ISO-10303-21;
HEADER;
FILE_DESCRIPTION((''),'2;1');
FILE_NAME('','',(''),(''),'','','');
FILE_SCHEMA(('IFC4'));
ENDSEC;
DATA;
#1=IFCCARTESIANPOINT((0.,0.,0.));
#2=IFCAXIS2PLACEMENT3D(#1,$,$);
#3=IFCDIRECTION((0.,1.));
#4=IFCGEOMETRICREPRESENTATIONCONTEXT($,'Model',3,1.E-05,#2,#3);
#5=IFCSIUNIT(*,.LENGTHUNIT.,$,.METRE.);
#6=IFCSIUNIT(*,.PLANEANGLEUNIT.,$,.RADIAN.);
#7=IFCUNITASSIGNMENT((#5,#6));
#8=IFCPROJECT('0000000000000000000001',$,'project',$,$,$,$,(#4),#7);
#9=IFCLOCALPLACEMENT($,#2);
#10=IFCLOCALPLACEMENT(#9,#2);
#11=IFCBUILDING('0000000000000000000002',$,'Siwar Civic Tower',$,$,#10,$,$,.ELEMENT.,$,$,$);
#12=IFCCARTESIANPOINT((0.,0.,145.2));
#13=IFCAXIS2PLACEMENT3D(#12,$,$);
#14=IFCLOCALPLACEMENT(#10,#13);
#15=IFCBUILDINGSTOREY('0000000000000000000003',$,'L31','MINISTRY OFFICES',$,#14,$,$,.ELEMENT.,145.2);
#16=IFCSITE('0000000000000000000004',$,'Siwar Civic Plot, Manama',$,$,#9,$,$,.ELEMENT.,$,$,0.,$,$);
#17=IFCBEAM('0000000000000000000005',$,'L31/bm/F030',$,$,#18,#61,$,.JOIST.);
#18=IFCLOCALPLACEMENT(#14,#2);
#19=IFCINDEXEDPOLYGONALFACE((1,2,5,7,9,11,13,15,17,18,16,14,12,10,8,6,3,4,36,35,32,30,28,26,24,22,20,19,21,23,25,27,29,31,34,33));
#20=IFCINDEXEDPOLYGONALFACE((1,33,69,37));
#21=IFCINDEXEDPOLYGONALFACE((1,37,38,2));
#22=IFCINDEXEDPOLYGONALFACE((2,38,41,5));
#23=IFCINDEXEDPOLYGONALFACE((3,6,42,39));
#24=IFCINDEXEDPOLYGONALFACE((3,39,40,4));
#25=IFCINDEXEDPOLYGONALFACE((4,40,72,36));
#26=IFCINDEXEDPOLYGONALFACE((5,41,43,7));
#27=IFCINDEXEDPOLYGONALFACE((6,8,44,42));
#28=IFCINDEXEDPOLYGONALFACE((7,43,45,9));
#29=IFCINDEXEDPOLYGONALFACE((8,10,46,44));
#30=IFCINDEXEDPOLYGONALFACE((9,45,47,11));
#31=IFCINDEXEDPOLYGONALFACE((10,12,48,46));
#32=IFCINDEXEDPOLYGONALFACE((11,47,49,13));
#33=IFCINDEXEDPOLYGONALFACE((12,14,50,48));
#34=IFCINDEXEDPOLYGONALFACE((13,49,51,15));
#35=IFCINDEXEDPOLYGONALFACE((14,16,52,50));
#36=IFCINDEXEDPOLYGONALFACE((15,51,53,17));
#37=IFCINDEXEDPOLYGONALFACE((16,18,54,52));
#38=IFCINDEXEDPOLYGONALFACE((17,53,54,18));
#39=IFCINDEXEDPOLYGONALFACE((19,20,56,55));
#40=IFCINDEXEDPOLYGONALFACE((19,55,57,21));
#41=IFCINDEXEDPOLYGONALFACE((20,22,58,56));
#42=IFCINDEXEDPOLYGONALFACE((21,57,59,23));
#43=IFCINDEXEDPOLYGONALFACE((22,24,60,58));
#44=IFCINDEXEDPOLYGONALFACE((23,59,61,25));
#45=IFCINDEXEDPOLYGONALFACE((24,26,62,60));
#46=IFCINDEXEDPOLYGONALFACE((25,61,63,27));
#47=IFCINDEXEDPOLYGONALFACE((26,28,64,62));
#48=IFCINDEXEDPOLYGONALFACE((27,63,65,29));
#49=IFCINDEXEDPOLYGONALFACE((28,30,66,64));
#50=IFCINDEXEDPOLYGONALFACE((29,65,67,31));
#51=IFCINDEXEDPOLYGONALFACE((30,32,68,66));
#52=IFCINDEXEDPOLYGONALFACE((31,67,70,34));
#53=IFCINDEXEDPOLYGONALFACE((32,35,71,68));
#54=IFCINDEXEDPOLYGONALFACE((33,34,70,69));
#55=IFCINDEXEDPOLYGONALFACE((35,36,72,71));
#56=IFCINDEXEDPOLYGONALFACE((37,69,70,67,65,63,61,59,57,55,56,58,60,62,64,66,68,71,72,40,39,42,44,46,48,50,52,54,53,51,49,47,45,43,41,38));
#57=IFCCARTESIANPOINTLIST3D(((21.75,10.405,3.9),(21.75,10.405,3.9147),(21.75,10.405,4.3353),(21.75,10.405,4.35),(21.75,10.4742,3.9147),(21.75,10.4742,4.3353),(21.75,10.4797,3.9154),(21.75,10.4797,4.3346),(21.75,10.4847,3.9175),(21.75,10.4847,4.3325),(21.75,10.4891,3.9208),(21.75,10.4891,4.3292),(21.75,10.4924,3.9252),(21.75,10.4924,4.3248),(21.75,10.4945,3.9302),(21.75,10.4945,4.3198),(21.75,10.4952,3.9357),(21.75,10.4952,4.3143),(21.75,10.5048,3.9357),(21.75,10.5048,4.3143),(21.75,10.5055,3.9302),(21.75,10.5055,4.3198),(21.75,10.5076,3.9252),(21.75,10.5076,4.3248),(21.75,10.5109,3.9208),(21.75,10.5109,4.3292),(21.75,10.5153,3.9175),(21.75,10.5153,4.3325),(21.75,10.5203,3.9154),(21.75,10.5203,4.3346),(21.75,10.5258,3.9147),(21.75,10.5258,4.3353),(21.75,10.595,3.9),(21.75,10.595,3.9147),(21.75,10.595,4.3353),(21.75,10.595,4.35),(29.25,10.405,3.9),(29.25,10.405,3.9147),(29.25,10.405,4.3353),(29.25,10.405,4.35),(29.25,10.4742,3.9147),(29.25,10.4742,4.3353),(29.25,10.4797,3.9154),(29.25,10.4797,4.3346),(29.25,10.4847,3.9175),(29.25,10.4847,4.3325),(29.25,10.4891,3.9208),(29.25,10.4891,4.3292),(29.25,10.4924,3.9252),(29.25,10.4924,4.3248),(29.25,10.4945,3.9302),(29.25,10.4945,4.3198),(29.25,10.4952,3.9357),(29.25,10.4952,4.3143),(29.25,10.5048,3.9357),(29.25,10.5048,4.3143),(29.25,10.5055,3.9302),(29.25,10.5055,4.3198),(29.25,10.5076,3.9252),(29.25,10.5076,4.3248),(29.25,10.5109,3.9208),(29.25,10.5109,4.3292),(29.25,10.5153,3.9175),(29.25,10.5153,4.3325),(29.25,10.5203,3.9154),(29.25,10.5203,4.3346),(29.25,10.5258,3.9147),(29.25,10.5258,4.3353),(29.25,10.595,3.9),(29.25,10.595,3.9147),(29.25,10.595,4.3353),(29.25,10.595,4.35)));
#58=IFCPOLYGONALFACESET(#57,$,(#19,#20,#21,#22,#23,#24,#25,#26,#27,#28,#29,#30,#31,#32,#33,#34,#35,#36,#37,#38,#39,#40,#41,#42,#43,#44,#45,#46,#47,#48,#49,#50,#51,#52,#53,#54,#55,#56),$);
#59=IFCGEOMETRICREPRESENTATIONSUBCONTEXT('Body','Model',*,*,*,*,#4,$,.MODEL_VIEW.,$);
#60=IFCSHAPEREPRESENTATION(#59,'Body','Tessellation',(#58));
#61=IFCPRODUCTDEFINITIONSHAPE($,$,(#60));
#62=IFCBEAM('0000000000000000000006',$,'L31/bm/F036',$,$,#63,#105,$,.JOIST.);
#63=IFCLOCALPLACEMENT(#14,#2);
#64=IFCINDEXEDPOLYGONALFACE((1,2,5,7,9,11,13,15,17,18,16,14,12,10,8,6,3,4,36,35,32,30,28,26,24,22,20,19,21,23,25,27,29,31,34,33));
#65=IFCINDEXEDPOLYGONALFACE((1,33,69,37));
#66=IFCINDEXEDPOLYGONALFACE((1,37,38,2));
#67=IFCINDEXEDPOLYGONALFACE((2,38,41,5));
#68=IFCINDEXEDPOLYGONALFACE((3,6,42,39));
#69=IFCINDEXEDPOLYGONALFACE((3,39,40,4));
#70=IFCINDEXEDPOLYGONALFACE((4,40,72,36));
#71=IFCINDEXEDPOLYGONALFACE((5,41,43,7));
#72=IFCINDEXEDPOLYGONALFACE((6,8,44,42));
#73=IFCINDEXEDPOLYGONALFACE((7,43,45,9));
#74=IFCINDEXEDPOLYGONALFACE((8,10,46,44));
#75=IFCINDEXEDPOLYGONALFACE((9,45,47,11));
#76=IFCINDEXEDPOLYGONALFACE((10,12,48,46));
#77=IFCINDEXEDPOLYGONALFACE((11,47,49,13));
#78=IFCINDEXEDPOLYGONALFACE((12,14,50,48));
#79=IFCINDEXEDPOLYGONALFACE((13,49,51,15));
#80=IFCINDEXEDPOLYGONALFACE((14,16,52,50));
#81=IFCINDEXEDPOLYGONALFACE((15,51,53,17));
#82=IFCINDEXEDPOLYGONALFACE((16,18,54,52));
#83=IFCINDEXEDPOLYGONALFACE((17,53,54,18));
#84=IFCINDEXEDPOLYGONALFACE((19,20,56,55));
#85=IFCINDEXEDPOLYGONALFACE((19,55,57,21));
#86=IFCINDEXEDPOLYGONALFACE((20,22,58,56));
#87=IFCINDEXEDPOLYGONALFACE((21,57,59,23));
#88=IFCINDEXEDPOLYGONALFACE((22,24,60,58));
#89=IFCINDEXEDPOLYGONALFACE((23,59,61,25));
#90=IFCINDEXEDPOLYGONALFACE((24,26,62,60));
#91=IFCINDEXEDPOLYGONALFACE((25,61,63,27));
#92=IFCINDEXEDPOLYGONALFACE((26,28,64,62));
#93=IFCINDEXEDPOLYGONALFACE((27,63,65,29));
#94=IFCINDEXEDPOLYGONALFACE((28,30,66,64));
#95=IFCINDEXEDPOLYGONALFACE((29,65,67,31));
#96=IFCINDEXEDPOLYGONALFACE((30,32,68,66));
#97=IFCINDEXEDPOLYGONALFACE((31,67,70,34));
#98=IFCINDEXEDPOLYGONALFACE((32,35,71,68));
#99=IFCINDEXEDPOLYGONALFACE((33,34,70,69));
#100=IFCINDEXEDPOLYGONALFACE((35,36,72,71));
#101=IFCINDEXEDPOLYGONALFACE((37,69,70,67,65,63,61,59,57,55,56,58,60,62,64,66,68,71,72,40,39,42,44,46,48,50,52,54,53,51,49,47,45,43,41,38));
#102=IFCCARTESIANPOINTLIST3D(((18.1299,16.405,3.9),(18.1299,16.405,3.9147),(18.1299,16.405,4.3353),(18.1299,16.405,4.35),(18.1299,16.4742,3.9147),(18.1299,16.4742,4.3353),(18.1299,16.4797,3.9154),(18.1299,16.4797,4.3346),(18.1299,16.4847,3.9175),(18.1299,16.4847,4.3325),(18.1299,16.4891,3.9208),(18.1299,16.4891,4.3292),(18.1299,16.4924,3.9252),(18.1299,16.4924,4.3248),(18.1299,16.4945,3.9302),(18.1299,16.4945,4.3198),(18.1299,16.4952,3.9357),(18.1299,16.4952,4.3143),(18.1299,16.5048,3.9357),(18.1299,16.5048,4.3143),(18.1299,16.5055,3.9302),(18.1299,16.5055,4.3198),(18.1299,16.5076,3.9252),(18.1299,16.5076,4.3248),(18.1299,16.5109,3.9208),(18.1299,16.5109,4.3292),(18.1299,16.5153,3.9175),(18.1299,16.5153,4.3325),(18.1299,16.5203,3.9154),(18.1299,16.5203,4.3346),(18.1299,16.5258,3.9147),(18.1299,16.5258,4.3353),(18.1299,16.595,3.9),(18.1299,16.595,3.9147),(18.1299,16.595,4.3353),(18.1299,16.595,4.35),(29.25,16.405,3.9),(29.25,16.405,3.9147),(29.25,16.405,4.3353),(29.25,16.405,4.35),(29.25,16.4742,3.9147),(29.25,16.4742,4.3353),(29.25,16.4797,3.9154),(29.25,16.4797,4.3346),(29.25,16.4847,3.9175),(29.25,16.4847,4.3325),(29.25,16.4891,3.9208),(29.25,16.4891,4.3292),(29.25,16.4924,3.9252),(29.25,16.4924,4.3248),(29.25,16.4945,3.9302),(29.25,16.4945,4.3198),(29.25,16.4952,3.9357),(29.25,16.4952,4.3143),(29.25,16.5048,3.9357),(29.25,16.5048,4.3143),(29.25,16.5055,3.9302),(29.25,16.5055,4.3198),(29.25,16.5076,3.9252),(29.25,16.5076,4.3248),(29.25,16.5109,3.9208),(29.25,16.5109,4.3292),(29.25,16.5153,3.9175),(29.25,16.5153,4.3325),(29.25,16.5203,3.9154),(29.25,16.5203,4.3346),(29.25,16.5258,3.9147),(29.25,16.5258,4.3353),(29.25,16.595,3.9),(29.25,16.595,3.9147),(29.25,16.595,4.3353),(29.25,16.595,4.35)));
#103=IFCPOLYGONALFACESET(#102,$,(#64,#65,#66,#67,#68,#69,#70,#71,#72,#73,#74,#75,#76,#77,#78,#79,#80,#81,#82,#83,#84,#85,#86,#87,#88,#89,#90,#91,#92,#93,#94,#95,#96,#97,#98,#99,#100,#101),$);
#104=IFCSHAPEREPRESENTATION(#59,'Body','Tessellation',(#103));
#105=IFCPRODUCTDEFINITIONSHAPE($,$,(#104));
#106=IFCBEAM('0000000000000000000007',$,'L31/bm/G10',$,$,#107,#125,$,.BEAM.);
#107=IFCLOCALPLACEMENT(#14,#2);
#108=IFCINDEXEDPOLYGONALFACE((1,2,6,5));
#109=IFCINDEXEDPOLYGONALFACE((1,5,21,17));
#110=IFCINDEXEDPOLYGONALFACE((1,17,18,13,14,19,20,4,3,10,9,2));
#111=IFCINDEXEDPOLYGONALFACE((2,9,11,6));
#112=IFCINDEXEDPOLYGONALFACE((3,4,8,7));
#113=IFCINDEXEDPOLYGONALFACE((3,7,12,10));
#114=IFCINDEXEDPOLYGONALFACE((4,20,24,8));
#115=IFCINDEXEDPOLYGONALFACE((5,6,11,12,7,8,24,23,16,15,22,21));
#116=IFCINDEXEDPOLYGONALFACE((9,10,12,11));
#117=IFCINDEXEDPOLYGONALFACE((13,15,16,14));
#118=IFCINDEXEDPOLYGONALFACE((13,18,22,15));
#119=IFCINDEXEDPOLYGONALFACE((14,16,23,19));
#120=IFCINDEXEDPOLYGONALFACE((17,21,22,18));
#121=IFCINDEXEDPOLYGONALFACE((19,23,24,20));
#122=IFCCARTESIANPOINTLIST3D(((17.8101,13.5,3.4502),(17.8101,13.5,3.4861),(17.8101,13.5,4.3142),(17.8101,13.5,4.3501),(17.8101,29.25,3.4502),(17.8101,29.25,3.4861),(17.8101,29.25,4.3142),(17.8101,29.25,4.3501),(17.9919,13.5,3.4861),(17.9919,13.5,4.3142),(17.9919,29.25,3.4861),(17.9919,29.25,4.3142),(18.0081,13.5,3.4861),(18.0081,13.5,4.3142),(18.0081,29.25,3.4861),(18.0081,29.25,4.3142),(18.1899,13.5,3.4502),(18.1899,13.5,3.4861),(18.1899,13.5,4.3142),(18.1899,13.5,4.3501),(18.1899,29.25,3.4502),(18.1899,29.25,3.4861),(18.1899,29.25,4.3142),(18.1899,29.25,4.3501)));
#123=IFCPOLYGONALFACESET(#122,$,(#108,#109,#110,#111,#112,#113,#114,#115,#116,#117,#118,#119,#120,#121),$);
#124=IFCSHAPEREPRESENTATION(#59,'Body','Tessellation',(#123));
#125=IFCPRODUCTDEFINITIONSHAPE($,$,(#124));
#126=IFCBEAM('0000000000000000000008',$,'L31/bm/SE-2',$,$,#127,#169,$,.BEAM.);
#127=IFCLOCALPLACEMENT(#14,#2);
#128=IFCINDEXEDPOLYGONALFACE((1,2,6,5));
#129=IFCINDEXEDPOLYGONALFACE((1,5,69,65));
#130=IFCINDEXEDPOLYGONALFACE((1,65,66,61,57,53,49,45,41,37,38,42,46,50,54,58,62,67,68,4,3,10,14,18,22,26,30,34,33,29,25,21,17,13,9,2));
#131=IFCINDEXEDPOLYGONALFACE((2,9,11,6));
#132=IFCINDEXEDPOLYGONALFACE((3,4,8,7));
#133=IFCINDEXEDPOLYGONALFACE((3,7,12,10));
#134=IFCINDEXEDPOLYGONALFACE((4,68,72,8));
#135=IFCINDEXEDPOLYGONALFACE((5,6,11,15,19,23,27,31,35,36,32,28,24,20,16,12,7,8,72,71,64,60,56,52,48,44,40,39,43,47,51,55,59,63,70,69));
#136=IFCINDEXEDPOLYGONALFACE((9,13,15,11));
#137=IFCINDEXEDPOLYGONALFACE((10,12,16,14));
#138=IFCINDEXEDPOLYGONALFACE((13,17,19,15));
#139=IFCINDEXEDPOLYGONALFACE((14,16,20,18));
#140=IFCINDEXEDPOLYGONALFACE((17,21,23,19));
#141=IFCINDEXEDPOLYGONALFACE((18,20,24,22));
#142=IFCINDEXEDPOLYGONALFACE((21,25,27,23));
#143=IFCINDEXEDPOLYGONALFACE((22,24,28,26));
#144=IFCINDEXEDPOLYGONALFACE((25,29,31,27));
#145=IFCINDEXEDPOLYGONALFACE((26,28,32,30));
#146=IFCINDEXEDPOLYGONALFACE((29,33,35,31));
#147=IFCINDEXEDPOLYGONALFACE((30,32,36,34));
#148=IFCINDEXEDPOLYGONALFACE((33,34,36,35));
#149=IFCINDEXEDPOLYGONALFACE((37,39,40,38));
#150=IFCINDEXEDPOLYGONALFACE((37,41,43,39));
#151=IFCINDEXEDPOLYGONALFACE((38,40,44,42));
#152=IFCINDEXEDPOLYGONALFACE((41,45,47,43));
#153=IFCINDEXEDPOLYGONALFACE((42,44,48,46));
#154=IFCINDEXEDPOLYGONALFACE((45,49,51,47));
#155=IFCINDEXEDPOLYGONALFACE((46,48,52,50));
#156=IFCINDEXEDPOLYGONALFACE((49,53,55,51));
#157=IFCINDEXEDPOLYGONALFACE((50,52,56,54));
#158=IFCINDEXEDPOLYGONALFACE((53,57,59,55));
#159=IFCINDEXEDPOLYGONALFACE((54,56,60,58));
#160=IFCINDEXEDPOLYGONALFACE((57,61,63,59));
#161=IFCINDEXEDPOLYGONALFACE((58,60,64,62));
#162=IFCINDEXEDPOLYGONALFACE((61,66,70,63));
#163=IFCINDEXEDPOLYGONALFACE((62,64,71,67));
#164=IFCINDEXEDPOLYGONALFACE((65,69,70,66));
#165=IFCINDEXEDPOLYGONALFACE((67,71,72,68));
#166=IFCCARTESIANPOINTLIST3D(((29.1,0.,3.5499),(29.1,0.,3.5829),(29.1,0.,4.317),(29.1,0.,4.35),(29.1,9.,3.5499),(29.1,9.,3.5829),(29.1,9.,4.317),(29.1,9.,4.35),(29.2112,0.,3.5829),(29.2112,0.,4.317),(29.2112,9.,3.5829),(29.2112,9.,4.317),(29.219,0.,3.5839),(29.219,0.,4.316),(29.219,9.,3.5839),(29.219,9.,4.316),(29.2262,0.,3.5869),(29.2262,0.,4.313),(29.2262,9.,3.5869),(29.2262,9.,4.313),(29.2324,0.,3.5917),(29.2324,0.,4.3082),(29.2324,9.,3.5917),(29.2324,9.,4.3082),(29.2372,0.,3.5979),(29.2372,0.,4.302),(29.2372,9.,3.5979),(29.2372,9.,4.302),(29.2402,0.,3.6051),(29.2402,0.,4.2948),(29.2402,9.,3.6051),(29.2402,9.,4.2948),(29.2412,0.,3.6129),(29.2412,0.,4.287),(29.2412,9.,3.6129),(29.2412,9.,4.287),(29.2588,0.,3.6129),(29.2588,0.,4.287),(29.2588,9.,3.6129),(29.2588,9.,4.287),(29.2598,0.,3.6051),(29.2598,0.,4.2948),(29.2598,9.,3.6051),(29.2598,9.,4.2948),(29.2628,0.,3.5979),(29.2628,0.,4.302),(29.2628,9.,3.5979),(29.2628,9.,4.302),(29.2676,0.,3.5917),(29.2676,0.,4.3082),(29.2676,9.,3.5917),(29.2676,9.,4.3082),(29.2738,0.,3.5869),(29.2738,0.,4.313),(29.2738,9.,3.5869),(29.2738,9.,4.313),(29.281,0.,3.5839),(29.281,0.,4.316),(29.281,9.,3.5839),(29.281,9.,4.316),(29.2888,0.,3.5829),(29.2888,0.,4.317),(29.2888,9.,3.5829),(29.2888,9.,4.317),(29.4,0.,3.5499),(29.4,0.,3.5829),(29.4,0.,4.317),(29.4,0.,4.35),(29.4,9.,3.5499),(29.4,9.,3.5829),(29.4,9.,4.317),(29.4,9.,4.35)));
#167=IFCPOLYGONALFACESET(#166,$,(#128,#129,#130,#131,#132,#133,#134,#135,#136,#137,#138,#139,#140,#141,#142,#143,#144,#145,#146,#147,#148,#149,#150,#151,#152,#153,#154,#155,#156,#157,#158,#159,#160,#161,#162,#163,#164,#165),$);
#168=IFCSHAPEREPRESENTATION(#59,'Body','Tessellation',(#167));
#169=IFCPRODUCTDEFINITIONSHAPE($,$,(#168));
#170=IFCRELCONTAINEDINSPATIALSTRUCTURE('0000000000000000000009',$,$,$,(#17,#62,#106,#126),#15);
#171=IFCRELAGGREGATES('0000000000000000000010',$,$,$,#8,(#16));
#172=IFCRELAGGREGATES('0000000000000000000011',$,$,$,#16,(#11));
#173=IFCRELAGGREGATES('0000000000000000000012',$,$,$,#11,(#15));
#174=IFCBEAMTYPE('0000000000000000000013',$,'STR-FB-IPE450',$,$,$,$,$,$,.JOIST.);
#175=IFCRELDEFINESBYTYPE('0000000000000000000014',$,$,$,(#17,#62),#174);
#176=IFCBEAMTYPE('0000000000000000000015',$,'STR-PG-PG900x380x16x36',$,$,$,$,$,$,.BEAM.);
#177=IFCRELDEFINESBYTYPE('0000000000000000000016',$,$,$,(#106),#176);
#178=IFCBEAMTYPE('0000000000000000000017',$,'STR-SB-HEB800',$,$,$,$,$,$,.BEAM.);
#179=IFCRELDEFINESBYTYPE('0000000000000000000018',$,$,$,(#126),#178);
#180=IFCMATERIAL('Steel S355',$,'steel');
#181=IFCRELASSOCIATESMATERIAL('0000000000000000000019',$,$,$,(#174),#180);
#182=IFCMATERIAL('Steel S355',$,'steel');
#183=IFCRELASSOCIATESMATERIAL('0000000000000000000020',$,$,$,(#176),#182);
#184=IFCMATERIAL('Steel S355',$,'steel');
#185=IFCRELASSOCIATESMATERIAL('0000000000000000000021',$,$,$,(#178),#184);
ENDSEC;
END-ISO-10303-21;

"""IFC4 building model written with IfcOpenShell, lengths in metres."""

from ifc_helpers import new_model, si_unit, direction, frame, origin, origin_2d, place, context, subcontext, project, spatial, i_section, extrude, material, material_profile, profile_set, type_object, element, save


model = new_model("IFC4")

# Units and contexts
model_context = context("Model", 3, precision=1e-05, world=origin(), true_north=direction((0.0, 1.0)))
body_context = subcontext(model_context, "Body", "Model", "MODEL_VIEW")
ifc_project = project(units=[si_unit("LENGTHUNIT", "METRE"), si_unit("PLANEANGLEUNIT", "RADIAN")], contexts=[model_context])

# Site, building, storey
site_placement = place(None, origin())
site = spatial("IfcSite", under=ifc_project, at=site_placement, Name="Siwar Civic Plot, Manama", CompositionType="ELEMENT", RefElevation=0.0)
building_placement = place(site_placement, origin())
building = spatial("IfcBuilding", under=site, at=building_placement, Name="Siwar Civic Tower", CompositionType="ELEMENT")
storey_placement = place(building_placement, frame((0.0, 0.0, 145.2)))
storey = spatial("IfcBuildingStorey", under=building, at=storey_placement, Name="L31", Description="MINISTRY OFFICES", CompositionType="ELEMENT", Elevation=145.2)

# Beams
ifc_material_1 = material(Name="Steel S355", Category="steel")
ifc_material_profile_1 = material_profile(ifc_material_1, i_section(OverallWidth=0.1899, OverallDepth=0.45, WebThickness=0.0095, FlangeThickness=0.0146, FilletRadius=0.021, at=origin_2d()), Name="IPE450")
ifc_profile_set_1 = profile_set([ifc_material_profile_1], Name="Steel S355")
beam_type_1 = type_object("IfcBeamType", Name="STR-FB-IPE450", PredefinedType="JOIST", material=ifc_profile_set_1)
for number, where, z_axis, x_axis, name in (
    (1, (21.75, 10.5, 4.125), (1.0, 0.0, 0.0), (0.0, 1.0, 0.0), "L31/bm/F030"),
):
    element("IfcBeam", number, at=place(storey_placement, frame(where, z_axis=z_axis, x_axis=x_axis)), inside=storey, type_object=beam_type_1, Name=name, PredefinedType="JOIST", context=body_context, shape_type="SweptSolid", body=[
        extrude(i_section(OverallWidth=0.1899, OverallDepth=0.45, WebThickness=0.0095, FlangeThickness=0.0146, FilletRadius=0.021, at=origin_2d()), origin(), (0.0, 0.0, 1.0), 7.5),
    ])
beam_1_placement = place(storey_placement, frame((18.1299, 16.5, 4.125), z_axis=(1.0, 0.0, 0.0), x_axis=(0.0, 1.0, 0.0)))
element("IfcBeam", 2, at=beam_1_placement, inside=storey, type_object=beam_type_1, Name="L31/bm/F036", PredefinedType="JOIST", context=body_context, shape_type="SweptSolid", body=[
    extrude(i_section(OverallWidth=0.1899, OverallDepth=0.45, WebThickness=0.0095, FlangeThickness=0.0146, FilletRadius=0.021, at=origin_2d()), origin(), (0.0, 0.0, 1.0), 11.1201),
])
ifc_material_2 = material(Name="Steel S355", Category="steel")
ifc_material_profile_2 = material_profile(ifc_material_2, i_section(OverallWidth=0.3799, OverallDepth=0.8999, WebThickness=0.0161, FlangeThickness=0.0359, at=origin_2d()), Name="PG900x380x16x36")
ifc_profile_set_2 = profile_set([ifc_material_profile_2], Name="Steel S355")
beam_type_2 = type_object("IfcBeamType", Name="STR-PG-PG900x380x16x36", PredefinedType="BEAM", material=ifc_profile_set_2)
beam_2_placement = place(storey_placement, frame((18.0, 13.5, 3.9001), z_axis=(0.0, 1.0, 0.0), x_axis=(-1.0, 0.0, 0.0)))
element("IfcBeam", 3, at=beam_2_placement, inside=storey, type_object=beam_type_2, Name="L31/bm/G10", PredefinedType="BEAM", context=body_context, shape_type="SweptSolid", body=[
    extrude(i_section(OverallWidth=0.3799, OverallDepth=0.8999, WebThickness=0.0161, FlangeThickness=0.0359, at=origin_2d()), origin(), (0.0, 0.0, 1.0), 15.75),
])
ifc_material_3 = material(Name="Steel S355", Category="steel")
ifc_material_profile_3 = material_profile(ifc_material_3, i_section(OverallWidth=0.3, OverallDepth=0.8, WebThickness=0.0176, FlangeThickness=0.033, FilletRadius=0.03, at=origin_2d()), Name="HEB800")
ifc_profile_set_3 = profile_set([ifc_material_profile_3], Name="Steel S355")
beam_type_3 = type_object("IfcBeamType", Name="STR-SB-HEB800", PredefinedType="BEAM", material=ifc_profile_set_3)
for number, where, z_axis, x_axis, name in (
    (4, (29.25, 0.0, 3.95), (0.0, 1.0, 0.0), (-1.0, 0.0, 0.0), "L31/bm/SE-2"),
):
    element("IfcBeam", number, at=place(storey_placement, frame(where, z_axis=z_axis, x_axis=x_axis)), inside=storey, type_object=beam_type_3, Name=name, PredefinedType="BEAM", context=body_context, shape_type="SweptSolid", body=[
        extrude(i_section(OverallWidth=0.3, OverallDepth=0.8, WebThickness=0.0176, FlangeThickness=0.033, FilletRadius=0.03, at=origin_2d()), origin(), (0.0, 0.0, 1.0), 9.0),
    ])

save(model, "model.ifc")
